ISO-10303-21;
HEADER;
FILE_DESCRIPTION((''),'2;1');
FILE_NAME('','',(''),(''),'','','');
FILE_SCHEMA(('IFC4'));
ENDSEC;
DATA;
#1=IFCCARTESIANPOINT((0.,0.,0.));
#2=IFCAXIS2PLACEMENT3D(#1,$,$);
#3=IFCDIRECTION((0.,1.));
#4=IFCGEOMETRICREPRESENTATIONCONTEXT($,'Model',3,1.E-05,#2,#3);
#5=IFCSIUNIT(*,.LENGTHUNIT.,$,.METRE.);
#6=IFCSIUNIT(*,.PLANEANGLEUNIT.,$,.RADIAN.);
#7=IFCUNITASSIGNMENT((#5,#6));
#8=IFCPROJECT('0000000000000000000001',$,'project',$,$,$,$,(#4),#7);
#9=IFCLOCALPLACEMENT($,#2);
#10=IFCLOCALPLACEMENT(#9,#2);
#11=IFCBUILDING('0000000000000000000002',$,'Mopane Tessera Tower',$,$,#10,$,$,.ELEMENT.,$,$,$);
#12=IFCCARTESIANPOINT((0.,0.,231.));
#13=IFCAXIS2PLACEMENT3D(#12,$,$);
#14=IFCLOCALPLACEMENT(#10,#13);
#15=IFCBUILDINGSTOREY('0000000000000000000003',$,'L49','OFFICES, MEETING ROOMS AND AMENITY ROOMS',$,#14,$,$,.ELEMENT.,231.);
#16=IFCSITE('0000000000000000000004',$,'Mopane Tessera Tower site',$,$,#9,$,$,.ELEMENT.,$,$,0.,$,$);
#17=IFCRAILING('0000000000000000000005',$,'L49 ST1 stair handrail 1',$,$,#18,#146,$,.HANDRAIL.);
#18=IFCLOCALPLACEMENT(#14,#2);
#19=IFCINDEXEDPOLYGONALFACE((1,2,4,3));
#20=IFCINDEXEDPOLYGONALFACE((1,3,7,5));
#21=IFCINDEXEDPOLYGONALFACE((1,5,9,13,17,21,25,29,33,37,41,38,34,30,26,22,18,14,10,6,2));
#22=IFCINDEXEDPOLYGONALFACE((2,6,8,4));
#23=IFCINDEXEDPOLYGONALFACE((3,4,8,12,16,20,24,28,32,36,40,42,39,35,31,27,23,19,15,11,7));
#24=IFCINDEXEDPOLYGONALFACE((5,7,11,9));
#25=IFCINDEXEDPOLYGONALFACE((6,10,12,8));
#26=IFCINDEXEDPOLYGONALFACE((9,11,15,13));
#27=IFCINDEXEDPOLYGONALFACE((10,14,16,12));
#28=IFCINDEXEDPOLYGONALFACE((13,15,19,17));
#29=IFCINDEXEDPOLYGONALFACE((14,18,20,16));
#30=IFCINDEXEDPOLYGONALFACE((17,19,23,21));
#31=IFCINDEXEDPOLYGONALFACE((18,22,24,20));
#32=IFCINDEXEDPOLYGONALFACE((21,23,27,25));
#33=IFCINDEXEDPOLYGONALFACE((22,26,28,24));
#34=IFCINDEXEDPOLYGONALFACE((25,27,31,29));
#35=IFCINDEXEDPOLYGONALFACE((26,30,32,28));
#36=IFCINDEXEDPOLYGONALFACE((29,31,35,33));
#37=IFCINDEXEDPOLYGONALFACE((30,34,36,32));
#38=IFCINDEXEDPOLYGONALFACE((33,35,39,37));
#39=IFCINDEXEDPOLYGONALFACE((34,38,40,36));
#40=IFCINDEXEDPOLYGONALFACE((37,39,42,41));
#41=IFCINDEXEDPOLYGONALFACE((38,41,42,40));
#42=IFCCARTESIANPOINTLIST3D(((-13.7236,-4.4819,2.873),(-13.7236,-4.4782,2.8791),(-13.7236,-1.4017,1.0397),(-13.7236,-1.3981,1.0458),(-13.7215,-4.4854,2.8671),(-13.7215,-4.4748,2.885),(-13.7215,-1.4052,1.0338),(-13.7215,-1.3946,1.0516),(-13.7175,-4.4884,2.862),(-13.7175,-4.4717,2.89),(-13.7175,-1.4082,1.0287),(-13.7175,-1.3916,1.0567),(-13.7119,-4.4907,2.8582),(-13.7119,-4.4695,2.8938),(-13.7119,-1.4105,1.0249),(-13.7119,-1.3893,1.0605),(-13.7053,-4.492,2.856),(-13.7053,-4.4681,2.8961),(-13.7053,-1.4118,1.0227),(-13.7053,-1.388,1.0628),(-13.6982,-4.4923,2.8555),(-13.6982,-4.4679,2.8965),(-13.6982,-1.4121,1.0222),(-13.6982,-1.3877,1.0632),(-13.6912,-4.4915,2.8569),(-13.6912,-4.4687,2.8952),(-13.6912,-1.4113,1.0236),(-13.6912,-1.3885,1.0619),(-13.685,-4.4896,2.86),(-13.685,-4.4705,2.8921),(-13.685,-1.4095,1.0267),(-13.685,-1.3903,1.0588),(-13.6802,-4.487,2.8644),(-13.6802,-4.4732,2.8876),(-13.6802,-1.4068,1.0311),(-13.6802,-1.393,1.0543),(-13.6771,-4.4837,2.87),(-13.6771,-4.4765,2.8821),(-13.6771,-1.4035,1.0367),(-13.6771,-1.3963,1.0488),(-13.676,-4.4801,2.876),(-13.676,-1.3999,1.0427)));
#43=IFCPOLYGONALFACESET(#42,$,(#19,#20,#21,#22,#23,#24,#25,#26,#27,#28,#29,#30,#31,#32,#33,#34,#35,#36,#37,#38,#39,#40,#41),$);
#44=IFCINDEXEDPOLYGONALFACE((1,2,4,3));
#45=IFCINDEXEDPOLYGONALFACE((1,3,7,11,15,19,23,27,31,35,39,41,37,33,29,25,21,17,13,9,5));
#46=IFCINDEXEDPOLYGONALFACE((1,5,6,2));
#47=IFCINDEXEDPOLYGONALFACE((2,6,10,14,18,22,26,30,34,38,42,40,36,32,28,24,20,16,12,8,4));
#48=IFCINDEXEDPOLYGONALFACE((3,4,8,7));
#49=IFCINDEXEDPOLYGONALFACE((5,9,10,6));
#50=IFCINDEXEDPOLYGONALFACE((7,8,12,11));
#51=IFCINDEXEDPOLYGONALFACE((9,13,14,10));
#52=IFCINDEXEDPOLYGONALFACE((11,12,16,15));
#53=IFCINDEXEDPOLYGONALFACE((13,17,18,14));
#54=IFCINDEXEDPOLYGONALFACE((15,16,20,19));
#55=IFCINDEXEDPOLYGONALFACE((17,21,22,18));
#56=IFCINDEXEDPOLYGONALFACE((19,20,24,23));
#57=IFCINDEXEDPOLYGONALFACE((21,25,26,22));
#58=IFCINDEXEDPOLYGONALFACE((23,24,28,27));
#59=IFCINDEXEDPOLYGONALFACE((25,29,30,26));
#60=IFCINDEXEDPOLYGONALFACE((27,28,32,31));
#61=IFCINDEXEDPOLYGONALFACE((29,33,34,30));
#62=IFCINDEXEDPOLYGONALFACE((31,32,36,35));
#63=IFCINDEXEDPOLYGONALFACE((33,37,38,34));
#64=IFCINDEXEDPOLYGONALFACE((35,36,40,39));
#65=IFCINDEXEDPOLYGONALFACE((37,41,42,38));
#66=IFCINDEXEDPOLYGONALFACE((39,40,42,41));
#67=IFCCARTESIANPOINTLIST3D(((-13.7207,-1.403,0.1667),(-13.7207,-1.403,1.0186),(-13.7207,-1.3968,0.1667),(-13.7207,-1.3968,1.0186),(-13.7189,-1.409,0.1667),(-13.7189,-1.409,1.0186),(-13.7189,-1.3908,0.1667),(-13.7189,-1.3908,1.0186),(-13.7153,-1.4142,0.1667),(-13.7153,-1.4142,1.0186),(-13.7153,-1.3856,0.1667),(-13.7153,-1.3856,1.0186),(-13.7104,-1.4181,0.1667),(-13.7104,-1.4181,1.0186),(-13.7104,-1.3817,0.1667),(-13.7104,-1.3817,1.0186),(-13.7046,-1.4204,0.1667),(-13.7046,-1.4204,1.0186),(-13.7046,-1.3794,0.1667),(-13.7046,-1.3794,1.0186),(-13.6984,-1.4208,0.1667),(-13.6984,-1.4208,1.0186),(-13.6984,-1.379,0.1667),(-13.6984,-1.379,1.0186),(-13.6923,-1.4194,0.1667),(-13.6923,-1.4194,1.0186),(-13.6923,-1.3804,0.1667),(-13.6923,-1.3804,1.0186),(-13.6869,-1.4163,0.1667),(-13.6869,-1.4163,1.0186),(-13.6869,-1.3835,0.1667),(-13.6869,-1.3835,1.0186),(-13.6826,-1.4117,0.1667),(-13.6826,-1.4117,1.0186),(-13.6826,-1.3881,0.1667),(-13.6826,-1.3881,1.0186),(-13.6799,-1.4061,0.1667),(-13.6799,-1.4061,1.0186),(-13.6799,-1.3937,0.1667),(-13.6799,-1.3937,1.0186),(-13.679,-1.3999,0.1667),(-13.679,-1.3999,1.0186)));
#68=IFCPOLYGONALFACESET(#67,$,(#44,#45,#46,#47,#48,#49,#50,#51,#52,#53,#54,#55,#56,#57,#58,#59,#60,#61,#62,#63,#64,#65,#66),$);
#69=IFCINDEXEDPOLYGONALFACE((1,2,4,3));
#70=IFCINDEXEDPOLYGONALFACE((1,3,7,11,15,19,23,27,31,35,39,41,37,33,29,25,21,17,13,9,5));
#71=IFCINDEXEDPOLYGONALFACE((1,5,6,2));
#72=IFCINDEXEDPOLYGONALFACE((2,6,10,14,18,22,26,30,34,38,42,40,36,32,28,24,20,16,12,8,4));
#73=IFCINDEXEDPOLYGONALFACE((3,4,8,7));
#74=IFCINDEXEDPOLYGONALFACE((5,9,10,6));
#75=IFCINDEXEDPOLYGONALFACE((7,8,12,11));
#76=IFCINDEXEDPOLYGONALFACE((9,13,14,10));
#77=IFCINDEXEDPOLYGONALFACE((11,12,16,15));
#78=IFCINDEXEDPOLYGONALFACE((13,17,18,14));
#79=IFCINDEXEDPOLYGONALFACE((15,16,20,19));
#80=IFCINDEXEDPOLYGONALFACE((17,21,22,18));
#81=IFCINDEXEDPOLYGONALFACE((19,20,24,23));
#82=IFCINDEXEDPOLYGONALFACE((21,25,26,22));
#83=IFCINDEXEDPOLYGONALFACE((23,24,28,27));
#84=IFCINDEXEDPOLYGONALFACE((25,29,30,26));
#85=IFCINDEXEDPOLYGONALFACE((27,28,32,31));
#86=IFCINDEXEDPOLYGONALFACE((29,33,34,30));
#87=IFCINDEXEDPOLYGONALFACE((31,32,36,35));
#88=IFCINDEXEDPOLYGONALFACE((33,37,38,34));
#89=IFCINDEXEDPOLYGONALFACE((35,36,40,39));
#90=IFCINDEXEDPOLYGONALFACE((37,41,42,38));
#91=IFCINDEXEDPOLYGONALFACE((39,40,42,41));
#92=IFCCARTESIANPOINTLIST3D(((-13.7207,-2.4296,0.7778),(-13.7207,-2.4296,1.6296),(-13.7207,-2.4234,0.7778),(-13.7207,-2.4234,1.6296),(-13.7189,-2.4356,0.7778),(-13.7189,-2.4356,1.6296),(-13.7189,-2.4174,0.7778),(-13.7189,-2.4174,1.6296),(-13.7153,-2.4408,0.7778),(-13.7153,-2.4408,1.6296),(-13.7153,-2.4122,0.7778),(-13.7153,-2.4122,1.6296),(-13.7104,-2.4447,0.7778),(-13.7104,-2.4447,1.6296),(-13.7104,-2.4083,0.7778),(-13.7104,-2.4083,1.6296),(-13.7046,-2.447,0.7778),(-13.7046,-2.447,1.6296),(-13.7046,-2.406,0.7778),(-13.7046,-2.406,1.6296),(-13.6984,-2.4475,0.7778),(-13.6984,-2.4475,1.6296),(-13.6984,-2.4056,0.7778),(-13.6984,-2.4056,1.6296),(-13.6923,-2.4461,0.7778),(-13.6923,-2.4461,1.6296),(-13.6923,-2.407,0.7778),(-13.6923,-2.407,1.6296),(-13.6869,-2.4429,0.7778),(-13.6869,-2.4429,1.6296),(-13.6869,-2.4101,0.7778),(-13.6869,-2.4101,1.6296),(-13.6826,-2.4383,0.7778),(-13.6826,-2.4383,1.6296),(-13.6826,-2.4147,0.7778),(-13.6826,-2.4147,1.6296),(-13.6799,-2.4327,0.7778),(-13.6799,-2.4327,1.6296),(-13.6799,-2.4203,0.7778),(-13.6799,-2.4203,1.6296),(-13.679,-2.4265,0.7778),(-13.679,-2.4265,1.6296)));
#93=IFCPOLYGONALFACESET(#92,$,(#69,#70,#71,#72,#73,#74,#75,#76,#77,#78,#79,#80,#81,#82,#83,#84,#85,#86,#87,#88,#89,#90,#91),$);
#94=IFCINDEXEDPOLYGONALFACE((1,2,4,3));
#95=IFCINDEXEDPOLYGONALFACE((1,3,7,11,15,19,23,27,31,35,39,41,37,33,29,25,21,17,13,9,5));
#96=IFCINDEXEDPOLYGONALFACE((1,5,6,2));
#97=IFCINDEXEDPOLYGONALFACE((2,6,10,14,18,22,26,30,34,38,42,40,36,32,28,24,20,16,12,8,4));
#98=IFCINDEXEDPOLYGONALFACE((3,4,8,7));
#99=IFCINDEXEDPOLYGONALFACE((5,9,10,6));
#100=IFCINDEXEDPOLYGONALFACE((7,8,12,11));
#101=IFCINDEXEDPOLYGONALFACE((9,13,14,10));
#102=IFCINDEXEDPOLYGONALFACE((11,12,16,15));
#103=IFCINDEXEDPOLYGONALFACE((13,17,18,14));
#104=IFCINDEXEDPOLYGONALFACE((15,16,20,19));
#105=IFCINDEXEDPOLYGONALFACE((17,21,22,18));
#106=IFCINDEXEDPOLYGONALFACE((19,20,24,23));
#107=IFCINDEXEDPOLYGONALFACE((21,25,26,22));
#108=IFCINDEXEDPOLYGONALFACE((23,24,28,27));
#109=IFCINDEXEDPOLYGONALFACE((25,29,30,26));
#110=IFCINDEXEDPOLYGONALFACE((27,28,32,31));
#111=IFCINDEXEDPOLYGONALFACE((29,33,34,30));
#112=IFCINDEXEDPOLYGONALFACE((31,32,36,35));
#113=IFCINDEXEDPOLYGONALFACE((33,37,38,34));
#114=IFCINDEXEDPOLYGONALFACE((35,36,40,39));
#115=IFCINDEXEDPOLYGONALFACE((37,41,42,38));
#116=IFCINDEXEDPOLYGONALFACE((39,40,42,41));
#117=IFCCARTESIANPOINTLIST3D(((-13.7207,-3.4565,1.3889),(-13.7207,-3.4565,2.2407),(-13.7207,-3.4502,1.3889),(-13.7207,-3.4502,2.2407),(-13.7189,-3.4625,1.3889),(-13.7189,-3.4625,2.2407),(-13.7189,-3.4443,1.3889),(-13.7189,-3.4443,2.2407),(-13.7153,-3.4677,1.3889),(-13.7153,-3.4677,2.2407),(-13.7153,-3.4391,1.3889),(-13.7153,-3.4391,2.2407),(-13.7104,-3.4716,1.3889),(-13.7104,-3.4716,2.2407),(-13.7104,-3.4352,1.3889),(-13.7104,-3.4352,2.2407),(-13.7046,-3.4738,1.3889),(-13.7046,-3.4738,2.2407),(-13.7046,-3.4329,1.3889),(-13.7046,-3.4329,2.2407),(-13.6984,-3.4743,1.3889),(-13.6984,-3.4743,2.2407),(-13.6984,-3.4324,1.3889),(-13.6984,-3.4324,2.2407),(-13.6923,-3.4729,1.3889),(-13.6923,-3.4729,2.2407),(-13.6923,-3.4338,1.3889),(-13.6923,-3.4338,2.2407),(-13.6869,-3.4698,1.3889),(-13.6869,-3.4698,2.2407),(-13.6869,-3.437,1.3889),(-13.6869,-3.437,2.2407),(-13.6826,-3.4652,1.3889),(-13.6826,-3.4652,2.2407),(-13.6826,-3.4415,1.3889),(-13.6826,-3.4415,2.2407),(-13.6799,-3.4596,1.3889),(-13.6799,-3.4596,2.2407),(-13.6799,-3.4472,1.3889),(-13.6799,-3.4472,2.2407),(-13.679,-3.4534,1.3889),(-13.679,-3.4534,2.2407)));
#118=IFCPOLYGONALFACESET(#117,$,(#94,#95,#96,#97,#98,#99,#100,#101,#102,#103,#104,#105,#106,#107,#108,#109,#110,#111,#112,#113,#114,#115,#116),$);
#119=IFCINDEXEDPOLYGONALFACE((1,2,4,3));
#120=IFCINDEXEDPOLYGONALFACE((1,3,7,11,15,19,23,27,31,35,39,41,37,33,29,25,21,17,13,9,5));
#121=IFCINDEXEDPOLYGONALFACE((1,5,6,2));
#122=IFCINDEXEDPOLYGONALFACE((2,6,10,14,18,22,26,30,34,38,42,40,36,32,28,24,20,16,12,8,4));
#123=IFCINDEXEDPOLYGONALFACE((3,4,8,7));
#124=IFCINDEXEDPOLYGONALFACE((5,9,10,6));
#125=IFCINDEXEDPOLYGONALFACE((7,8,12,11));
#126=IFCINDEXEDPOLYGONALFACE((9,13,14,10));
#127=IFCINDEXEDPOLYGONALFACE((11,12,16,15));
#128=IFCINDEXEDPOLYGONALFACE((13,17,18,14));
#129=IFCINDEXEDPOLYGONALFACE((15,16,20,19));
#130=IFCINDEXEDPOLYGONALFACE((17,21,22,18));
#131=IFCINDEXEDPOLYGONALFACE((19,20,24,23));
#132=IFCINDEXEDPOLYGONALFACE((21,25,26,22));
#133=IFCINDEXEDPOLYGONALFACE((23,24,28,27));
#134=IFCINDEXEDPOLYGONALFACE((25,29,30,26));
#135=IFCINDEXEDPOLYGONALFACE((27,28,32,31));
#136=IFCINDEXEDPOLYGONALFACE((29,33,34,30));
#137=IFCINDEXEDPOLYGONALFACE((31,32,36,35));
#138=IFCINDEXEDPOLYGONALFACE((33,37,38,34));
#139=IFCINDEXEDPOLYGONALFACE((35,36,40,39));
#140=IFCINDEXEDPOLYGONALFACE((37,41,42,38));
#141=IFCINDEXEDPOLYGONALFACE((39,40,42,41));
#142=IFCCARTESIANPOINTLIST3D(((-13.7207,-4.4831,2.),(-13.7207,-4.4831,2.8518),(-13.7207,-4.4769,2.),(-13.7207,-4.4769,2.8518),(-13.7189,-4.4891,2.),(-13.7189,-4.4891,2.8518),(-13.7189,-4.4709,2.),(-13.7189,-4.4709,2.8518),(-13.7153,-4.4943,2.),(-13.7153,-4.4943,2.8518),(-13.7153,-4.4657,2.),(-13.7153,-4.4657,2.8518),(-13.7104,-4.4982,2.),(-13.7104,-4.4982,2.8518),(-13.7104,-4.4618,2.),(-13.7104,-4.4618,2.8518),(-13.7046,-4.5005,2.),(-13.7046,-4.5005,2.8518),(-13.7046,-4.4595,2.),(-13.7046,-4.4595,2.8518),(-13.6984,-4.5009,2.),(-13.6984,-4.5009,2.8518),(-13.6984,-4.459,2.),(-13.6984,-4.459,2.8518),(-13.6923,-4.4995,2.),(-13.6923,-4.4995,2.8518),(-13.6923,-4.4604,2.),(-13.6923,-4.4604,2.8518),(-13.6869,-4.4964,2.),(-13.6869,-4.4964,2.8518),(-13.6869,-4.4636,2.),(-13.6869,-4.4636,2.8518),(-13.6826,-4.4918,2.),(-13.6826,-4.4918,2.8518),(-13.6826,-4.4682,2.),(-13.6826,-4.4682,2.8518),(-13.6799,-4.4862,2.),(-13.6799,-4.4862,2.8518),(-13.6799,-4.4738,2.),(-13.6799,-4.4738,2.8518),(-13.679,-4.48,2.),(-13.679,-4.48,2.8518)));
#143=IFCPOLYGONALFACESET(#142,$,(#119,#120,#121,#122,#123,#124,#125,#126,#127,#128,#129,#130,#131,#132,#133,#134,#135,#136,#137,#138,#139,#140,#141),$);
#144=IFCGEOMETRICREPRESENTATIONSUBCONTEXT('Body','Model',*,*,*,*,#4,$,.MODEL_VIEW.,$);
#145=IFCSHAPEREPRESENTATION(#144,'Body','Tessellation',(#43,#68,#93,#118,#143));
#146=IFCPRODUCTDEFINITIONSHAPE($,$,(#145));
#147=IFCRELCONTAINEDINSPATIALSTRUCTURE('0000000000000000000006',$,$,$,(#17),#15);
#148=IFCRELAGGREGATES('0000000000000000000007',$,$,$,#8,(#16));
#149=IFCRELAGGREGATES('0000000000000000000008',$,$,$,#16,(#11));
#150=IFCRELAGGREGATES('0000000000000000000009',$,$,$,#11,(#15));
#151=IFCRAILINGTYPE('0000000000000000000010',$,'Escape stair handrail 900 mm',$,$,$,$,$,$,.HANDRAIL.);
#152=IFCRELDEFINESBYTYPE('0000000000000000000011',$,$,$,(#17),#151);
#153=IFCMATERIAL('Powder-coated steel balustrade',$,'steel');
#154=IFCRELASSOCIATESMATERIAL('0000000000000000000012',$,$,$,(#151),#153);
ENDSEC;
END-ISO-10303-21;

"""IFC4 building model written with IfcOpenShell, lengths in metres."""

from ifc_helpers import new_model, si_unit, direction, frame, origin, origin_2d, place, context, subcontext, project, spatial, circle, extrude, material, type_object, element, save


model = new_model("IFC4")

# Units and contexts
model_context = context("Model", 3, precision=1e-05, world=origin(), true_north=direction((0.0, 1.0)))
body_context = subcontext(model_context, "Body", "Model", "MODEL_VIEW")
ifc_project = project(units=[si_unit("LENGTHUNIT", "METRE"), si_unit("PLANEANGLEUNIT", "RADIAN")], contexts=[model_context])

# Site, building, storey
site_placement = place(None, origin())
site = spatial("IfcSite", under=ifc_project, at=site_placement, Name="Mopane Tessera Tower site", CompositionType="ELEMENT", RefElevation=0.0)
building_placement = place(site_placement, origin())
building = spatial("IfcBuilding", under=site, at=building_placement, Name="Mopane Tessera Tower", CompositionType="ELEMENT")
storey_placement = place(building_placement, frame((0.0, 0.0, 231.0)))
storey = spatial("IfcBuildingStorey", under=building, at=storey_placement, Name="L49", Description="OFFICES, MEETING ROOMS AND AMENITY ROOMS", CompositionType="ELEMENT", Elevation=231.0)

# Railing
ifc_material_1 = material(Name="Powder-coated steel balustrade", Category="steel")
railing_type_1 = type_object("IfcRailingType", Name="Escape stair handrail 900 mm", PredefinedType="HANDRAIL", material=ifc_material_1)
railing_1_placement = place(storey_placement, frame((-13.7, -1.3999, 0.1667)))
element("IfcRailing", 1, at=railing_1_placement, inside=storey, type_object=railing_type_1, Name="L49 ST1 stair handrail 1", PredefinedType="HANDRAIL", context=body_context, shape_type="SweptSolid", body=[
    extrude(circle(Radius=0.0239, at=origin_2d()), frame((0.0, 0.0, 0.876), z_axis=(0.0, -0.859309, 0.511458), x_axis=(1.0, 0.0, 0.0)), (0.0, 0.0, 1.0), 3.5845),
    extrude(circle(Radius=0.021, at=origin_2d()), origin(), (0.0, 0.0, 1.0), 0.8518),
    extrude(circle(Radius=0.021, at=origin_2d()), frame((0.0, -1.0266, 0.6111)), (0.0, 0.0, 1.0), 0.8518),
    extrude(circle(Radius=0.021, at=origin_2d()), frame((0.0, -2.0535, 1.2222)), (0.0, 0.0, 1.0), 0.8518),
    extrude(circle(Radius=0.021, at=origin_2d()), frame((0.0, -3.0801, 1.8333)), (0.0, 0.0, 1.0), 0.8518),
])

save(model, "model.ifc")
